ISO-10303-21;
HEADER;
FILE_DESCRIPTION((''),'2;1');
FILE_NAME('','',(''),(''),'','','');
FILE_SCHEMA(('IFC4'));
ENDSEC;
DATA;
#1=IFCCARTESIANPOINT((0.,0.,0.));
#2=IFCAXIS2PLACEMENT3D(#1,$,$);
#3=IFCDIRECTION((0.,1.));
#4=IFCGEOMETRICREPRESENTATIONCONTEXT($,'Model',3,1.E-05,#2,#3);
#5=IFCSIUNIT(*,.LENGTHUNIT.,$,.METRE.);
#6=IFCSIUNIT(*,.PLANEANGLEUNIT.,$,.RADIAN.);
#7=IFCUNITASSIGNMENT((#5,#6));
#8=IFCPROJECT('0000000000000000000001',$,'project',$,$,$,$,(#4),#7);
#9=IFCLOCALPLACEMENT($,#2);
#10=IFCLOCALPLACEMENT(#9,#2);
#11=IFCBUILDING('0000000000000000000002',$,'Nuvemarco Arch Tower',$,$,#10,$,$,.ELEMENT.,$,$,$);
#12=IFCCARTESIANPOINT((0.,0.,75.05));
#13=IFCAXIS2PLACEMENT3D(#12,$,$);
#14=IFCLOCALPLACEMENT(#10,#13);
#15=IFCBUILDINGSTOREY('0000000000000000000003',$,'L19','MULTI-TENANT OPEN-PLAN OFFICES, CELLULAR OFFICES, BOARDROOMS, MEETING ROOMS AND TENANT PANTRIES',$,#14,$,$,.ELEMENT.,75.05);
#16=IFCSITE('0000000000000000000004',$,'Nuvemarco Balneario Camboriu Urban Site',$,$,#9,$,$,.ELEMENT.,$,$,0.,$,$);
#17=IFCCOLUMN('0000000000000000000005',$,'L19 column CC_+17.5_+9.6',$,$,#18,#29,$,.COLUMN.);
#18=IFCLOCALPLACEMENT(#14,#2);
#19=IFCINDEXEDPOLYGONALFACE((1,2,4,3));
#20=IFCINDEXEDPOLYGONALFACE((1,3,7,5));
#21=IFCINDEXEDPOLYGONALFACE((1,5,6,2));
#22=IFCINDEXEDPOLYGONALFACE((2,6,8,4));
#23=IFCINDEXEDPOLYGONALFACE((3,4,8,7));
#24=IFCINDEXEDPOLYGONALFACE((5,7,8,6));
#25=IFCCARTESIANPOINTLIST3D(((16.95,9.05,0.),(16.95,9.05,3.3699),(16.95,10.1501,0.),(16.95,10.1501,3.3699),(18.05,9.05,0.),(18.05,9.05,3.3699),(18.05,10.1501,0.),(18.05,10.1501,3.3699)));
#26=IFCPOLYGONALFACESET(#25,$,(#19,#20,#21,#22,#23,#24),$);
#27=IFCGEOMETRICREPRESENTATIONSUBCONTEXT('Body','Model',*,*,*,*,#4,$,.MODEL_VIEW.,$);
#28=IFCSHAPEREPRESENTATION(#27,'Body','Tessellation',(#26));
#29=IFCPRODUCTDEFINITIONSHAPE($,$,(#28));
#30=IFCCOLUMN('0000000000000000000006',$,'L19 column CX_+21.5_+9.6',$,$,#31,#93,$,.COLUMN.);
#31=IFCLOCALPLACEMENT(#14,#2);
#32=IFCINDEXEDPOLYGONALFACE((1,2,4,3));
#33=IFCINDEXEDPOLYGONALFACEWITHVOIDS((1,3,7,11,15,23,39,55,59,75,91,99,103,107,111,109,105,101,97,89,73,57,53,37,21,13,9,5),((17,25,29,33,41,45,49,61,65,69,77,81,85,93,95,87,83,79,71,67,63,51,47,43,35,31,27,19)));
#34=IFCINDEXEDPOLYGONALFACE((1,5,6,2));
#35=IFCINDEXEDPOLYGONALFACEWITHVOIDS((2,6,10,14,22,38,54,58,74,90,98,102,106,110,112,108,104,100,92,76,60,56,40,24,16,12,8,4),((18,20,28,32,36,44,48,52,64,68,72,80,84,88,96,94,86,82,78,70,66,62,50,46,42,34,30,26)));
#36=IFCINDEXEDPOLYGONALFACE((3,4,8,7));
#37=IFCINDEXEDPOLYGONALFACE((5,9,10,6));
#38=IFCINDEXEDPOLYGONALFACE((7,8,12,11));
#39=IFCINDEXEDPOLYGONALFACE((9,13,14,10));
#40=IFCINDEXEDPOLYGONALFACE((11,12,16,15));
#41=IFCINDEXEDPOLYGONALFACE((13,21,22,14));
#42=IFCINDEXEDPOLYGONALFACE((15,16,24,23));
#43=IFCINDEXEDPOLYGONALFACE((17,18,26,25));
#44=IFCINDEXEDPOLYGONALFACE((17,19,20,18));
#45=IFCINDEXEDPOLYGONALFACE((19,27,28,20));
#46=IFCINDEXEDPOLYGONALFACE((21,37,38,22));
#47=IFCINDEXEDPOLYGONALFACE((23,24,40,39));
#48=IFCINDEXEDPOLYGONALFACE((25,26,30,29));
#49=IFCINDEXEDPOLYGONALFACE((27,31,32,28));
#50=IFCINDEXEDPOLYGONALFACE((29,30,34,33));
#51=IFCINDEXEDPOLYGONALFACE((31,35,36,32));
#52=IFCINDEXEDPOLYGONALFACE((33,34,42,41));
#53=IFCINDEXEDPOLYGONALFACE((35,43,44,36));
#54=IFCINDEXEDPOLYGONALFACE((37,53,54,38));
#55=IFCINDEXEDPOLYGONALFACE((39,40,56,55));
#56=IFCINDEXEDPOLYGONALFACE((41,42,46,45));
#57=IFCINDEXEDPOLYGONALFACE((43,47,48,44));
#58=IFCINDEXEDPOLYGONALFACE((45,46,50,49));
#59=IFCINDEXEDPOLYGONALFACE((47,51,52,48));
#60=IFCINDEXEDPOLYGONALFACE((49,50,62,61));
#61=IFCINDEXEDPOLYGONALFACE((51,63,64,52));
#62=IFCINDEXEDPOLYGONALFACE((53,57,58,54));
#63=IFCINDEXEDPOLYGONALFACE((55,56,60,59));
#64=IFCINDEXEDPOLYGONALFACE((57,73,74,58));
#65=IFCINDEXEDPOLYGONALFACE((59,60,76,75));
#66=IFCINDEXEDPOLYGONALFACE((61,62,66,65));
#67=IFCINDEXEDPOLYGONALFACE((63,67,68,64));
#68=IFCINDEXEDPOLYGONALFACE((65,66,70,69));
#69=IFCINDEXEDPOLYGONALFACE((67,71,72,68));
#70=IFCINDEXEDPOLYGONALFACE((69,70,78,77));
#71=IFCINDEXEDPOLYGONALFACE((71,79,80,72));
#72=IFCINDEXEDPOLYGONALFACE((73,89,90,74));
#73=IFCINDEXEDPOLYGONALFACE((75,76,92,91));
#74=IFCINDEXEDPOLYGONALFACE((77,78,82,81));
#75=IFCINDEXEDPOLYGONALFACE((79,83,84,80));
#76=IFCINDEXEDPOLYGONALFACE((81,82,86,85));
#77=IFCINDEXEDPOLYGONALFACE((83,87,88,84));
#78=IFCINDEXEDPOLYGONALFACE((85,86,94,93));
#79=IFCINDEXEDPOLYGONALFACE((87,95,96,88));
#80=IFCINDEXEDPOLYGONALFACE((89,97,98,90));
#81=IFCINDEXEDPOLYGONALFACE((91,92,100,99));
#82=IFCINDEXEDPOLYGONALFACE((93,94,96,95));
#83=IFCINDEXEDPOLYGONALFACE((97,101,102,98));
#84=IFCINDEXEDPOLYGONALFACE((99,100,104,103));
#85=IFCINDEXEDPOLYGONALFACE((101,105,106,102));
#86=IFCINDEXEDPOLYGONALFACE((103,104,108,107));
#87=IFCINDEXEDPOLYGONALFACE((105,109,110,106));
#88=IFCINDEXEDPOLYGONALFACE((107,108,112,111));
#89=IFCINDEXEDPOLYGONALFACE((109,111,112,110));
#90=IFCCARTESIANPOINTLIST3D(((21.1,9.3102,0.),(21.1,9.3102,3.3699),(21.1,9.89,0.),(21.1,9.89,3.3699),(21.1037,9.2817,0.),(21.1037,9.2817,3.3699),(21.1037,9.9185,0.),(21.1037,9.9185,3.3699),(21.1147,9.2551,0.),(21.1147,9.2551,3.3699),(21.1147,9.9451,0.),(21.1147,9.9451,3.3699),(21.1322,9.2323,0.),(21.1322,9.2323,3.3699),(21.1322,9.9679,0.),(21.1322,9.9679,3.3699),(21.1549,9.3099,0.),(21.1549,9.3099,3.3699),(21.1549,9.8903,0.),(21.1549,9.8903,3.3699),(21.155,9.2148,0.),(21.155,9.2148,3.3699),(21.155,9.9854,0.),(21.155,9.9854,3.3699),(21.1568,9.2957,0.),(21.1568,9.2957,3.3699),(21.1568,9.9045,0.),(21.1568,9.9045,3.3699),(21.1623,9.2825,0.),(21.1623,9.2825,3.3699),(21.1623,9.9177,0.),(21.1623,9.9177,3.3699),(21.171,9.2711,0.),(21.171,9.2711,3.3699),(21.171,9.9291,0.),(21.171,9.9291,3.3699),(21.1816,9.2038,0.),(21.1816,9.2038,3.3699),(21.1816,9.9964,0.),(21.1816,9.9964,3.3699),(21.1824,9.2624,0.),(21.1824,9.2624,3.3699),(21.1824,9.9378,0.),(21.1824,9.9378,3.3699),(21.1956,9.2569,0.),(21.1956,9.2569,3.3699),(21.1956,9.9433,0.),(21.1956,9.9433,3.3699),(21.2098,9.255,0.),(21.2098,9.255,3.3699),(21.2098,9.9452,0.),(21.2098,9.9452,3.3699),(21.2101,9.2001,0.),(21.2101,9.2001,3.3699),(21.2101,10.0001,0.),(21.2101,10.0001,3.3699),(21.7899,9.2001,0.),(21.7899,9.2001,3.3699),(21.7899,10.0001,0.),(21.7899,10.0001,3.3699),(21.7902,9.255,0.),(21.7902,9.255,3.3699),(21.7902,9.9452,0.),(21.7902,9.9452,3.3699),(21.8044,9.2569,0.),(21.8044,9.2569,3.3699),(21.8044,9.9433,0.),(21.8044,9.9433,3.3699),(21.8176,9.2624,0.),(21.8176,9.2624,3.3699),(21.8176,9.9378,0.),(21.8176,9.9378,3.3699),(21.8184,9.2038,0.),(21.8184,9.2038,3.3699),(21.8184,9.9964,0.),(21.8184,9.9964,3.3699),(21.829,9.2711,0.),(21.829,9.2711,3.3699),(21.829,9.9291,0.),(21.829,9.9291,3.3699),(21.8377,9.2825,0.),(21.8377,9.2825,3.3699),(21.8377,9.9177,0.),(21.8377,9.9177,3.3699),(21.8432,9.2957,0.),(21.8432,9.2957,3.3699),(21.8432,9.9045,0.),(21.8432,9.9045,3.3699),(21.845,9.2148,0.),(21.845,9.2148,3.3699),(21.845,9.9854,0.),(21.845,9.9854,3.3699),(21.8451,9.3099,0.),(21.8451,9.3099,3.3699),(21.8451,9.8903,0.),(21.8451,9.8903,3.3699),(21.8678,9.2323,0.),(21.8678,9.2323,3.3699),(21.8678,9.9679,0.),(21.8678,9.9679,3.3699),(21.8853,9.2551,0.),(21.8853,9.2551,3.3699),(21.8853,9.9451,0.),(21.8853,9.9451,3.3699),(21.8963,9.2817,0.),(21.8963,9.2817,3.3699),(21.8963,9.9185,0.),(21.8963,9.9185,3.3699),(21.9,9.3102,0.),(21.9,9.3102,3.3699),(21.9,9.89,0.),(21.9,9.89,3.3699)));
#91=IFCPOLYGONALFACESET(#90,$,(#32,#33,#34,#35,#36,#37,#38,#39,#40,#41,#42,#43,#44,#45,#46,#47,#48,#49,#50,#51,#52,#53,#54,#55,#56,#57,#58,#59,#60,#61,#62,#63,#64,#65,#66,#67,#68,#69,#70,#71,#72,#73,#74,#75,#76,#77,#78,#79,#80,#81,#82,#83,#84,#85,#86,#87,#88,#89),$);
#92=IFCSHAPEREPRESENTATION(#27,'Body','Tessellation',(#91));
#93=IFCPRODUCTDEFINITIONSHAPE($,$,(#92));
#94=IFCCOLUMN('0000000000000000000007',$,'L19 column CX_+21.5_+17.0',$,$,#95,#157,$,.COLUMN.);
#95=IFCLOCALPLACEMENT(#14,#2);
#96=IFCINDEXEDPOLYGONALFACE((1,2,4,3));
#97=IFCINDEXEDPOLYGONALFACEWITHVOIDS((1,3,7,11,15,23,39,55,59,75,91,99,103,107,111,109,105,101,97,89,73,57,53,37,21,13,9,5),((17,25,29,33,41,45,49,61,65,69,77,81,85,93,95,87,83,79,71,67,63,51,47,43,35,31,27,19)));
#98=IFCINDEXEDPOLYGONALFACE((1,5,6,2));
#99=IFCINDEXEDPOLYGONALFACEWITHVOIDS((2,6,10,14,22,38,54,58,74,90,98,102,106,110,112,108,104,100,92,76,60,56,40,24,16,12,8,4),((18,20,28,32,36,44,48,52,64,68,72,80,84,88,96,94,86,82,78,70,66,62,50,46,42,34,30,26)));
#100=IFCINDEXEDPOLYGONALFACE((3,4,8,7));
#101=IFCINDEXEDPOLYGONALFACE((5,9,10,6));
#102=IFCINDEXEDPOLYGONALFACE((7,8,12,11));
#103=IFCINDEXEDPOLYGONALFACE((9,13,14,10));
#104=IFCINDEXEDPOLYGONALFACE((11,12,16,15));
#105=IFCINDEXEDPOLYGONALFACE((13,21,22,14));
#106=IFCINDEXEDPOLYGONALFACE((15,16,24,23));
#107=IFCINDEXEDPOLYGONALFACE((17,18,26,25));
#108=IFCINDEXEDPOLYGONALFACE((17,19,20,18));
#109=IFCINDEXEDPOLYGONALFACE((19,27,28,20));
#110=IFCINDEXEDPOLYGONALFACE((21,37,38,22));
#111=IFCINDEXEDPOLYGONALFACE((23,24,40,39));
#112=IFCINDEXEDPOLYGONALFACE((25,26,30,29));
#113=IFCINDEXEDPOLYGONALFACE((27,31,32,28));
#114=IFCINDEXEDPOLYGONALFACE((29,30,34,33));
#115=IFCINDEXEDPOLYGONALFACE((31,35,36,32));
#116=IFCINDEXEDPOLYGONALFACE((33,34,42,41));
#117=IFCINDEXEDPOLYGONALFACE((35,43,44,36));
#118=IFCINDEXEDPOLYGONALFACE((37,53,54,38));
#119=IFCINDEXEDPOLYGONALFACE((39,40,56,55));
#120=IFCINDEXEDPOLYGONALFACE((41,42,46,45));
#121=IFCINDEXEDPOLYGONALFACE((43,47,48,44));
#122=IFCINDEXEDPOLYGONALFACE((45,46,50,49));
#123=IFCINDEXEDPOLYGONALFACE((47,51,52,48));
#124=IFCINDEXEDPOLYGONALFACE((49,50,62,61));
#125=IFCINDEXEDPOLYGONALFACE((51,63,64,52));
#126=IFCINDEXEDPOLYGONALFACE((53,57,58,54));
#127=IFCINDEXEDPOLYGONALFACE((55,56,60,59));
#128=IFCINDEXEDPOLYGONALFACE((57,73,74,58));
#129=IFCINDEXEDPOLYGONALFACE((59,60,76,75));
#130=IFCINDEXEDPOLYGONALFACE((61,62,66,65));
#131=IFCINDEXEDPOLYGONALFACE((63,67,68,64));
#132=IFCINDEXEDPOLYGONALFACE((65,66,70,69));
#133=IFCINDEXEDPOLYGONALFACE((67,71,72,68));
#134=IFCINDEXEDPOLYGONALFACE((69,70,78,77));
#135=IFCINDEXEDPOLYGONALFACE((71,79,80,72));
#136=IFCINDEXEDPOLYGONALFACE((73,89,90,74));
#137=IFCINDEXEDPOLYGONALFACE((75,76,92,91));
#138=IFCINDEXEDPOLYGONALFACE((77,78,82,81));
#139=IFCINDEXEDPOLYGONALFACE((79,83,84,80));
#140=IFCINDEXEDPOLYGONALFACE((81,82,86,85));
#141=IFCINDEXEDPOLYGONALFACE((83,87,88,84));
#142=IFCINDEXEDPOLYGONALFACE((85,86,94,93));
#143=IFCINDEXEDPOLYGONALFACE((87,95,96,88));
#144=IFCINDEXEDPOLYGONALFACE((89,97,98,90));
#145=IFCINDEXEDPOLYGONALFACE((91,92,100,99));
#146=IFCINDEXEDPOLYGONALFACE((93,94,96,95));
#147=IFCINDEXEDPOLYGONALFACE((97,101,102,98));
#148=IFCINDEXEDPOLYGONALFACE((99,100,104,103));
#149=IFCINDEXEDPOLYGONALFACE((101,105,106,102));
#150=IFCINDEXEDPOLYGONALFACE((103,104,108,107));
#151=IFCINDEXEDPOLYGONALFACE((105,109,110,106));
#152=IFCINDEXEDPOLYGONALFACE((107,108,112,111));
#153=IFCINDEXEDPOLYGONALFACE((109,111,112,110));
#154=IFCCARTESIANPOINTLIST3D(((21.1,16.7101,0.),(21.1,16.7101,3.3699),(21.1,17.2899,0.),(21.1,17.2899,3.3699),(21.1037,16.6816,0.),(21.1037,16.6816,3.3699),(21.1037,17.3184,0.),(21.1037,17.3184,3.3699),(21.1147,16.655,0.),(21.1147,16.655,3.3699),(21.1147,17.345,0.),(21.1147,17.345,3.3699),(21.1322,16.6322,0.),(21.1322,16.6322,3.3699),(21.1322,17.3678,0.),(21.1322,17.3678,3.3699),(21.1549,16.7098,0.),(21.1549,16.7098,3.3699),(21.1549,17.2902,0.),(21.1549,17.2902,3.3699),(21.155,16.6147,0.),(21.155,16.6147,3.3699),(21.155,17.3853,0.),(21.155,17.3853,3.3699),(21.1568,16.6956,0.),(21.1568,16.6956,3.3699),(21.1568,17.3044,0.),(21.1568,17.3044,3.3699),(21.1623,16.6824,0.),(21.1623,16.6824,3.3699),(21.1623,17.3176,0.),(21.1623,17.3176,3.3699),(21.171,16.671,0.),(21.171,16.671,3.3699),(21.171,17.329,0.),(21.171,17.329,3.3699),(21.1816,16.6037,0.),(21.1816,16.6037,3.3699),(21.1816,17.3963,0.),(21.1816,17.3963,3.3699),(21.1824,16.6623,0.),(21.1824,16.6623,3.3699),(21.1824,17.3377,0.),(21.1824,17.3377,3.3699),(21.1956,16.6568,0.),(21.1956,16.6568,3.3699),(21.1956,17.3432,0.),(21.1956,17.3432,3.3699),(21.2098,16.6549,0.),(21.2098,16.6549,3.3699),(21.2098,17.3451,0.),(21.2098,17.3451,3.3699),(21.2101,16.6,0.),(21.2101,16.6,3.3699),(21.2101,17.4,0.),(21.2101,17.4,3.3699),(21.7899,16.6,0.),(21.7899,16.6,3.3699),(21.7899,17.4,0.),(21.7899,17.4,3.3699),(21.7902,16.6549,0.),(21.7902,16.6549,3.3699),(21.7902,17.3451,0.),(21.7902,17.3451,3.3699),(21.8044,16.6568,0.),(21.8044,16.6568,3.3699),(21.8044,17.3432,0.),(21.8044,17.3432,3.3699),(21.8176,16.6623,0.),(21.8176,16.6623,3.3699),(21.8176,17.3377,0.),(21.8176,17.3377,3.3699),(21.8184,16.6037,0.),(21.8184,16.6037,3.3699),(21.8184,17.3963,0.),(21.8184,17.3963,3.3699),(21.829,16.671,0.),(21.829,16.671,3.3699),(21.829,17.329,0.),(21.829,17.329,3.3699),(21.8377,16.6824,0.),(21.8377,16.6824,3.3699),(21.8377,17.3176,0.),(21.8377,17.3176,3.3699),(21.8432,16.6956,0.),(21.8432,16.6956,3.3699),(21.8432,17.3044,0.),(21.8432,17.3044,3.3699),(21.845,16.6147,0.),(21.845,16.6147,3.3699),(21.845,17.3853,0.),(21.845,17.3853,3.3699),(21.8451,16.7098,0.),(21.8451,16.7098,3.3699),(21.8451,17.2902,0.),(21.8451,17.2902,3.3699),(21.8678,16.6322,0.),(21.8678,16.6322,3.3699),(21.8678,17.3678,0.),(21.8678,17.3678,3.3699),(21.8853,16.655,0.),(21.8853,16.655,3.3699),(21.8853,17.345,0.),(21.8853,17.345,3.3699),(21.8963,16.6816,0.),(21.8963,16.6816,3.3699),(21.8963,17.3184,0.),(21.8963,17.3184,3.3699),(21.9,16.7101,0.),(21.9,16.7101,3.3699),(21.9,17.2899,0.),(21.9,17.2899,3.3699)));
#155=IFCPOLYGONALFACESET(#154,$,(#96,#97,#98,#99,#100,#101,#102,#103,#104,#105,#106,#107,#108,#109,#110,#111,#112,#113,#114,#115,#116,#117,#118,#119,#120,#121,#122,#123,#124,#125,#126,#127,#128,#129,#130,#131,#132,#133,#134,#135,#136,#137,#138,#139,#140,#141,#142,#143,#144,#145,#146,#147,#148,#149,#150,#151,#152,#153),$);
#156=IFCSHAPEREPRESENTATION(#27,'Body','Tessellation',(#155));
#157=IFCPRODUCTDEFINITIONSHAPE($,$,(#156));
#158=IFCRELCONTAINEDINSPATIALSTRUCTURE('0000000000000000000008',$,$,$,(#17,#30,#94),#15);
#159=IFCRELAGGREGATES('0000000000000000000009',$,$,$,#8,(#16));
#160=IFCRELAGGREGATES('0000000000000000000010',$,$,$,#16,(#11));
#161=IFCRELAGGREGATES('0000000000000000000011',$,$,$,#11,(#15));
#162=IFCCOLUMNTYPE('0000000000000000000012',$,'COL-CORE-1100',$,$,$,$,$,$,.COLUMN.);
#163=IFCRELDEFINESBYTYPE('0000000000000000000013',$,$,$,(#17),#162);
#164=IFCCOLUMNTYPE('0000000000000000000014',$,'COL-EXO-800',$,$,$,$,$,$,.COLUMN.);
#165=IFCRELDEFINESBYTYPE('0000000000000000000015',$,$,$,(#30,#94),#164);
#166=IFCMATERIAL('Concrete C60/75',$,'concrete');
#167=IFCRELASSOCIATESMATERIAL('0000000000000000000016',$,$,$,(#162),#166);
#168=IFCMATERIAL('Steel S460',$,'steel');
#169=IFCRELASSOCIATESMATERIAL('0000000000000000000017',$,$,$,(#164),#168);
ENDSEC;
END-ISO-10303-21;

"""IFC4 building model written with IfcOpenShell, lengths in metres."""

from ifc_helpers import new_model, si_unit, direction, frame, origin, origin_2d, place, context, subcontext, project, spatial, rectangle, hollow_rectangle, extrude, material, material_profile, profile_set, type_object, element, save


model = new_model("IFC4")

# Units and contexts
model_context = context("Model", 3, precision=1e-05, world=origin(), true_north=direction((0.0, 1.0)))
body_context = subcontext(model_context, "Body", "Model", "MODEL_VIEW")
ifc_project = project(units=[si_unit("LENGTHUNIT", "METRE"), si_unit("PLANEANGLEUNIT", "RADIAN")], contexts=[model_context])

# Site, building, storey
site_placement = place(None, origin())
site = spatial("IfcSite", under=ifc_project, at=site_placement, Name="Nuvemarco Balneario Camboriu Urban Site", CompositionType="ELEMENT", RefElevation=0.0)
building_placement = place(site_placement, origin())
building = spatial("IfcBuilding", under=site, at=building_placement, Name="Nuvemarco Arch Tower", CompositionType="ELEMENT")
storey_placement = place(building_placement, frame((0.0, 0.0, 75.05)))
storey = spatial("IfcBuildingStorey", under=building, at=storey_placement, Name="L19", Description="MULTI-TENANT OPEN-PLAN OFFICES, CELLULAR OFFICES, BOARDROOMS, MEETING ROOMS AND TENANT PANTRIES", CompositionType="ELEMENT", Elevation=75.05)

# Columns
ifc_material_1 = material(Name="Concrete C60/75", Category="concrete")
ifc_material_profile_1 = material_profile(ifc_material_1, rectangle(XDim=1.1001, YDim=1.1001, at=origin_2d()), Name="RC-COL-1100x1100")
ifc_profile_set_1 = profile_set([ifc_material_profile_1], Name="Concrete C60/75")
column_type_1 = type_object("IfcColumnType", Name="COL-CORE-1100", PredefinedType="COLUMN", material=ifc_profile_set_1)
column_1_placement = place(storey_placement, frame((17.5, 9.6001, 0.0), z_axis=(0.0, 0.0, 1.0), x_axis=(1.0, 0.0, 0.0)))
element("IfcColumn", 1, at=column_1_placement, inside=storey, type_object=column_type_1, Name="L19 column CC_+17.5_+9.6", PredefinedType="COLUMN", context=body_context, shape_type="SweptSolid", body=[
    extrude(rectangle(XDim=1.1001, YDim=1.1001, at=origin_2d()), origin(), (0.0, 0.0, 1.0), 3.3699),
])
ifc_material_2 = material(Name="Steel S460", Category="steel")
ifc_material_profile_2 = material_profile(ifc_material_2, hollow_rectangle(XDim=0.8, YDim=0.8, WallThickness=0.0549, InnerFilletRadius=0.0549, OuterFilletRadius=0.1101, at=origin_2d()), Name="SHS800x800x55")
ifc_profile_set_2 = profile_set([ifc_material_profile_2], Name="Steel S460")
column_type_2 = type_object("IfcColumnType", Name="COL-EXO-800", PredefinedType="COLUMN", material=ifc_profile_set_2)
for number, where, z_axis, x_axis, name in (
    (2, (21.5, 9.6001, 0.0), (0.0, 0.0, 1.0), (1.0, 0.0, 0.0), "L19 column CX_+21.5_+9.6"),
    (3, (21.5, 17.0, 0.0), (0.0, 0.0, 1.0), (1.0, 0.0, 0.0), "L19 column CX_+21.5_+17.0"),
):
    element("IfcColumn", number, at=place(storey_placement, frame(where, z_axis=z_axis, x_axis=x_axis)), inside=storey, type_object=column_type_2, Name=name, PredefinedType="COLUMN", context=body_context, shape_type="SweptSolid", body=[
        extrude(hollow_rectangle(XDim=0.8, YDim=0.8, WallThickness=0.0549, InnerFilletRadius=0.0549, OuterFilletRadius=0.1101, at=origin_2d()), origin(), (0.0, 0.0, 1.0), 3.3699),
    ])

save(model, "model.ifc")
